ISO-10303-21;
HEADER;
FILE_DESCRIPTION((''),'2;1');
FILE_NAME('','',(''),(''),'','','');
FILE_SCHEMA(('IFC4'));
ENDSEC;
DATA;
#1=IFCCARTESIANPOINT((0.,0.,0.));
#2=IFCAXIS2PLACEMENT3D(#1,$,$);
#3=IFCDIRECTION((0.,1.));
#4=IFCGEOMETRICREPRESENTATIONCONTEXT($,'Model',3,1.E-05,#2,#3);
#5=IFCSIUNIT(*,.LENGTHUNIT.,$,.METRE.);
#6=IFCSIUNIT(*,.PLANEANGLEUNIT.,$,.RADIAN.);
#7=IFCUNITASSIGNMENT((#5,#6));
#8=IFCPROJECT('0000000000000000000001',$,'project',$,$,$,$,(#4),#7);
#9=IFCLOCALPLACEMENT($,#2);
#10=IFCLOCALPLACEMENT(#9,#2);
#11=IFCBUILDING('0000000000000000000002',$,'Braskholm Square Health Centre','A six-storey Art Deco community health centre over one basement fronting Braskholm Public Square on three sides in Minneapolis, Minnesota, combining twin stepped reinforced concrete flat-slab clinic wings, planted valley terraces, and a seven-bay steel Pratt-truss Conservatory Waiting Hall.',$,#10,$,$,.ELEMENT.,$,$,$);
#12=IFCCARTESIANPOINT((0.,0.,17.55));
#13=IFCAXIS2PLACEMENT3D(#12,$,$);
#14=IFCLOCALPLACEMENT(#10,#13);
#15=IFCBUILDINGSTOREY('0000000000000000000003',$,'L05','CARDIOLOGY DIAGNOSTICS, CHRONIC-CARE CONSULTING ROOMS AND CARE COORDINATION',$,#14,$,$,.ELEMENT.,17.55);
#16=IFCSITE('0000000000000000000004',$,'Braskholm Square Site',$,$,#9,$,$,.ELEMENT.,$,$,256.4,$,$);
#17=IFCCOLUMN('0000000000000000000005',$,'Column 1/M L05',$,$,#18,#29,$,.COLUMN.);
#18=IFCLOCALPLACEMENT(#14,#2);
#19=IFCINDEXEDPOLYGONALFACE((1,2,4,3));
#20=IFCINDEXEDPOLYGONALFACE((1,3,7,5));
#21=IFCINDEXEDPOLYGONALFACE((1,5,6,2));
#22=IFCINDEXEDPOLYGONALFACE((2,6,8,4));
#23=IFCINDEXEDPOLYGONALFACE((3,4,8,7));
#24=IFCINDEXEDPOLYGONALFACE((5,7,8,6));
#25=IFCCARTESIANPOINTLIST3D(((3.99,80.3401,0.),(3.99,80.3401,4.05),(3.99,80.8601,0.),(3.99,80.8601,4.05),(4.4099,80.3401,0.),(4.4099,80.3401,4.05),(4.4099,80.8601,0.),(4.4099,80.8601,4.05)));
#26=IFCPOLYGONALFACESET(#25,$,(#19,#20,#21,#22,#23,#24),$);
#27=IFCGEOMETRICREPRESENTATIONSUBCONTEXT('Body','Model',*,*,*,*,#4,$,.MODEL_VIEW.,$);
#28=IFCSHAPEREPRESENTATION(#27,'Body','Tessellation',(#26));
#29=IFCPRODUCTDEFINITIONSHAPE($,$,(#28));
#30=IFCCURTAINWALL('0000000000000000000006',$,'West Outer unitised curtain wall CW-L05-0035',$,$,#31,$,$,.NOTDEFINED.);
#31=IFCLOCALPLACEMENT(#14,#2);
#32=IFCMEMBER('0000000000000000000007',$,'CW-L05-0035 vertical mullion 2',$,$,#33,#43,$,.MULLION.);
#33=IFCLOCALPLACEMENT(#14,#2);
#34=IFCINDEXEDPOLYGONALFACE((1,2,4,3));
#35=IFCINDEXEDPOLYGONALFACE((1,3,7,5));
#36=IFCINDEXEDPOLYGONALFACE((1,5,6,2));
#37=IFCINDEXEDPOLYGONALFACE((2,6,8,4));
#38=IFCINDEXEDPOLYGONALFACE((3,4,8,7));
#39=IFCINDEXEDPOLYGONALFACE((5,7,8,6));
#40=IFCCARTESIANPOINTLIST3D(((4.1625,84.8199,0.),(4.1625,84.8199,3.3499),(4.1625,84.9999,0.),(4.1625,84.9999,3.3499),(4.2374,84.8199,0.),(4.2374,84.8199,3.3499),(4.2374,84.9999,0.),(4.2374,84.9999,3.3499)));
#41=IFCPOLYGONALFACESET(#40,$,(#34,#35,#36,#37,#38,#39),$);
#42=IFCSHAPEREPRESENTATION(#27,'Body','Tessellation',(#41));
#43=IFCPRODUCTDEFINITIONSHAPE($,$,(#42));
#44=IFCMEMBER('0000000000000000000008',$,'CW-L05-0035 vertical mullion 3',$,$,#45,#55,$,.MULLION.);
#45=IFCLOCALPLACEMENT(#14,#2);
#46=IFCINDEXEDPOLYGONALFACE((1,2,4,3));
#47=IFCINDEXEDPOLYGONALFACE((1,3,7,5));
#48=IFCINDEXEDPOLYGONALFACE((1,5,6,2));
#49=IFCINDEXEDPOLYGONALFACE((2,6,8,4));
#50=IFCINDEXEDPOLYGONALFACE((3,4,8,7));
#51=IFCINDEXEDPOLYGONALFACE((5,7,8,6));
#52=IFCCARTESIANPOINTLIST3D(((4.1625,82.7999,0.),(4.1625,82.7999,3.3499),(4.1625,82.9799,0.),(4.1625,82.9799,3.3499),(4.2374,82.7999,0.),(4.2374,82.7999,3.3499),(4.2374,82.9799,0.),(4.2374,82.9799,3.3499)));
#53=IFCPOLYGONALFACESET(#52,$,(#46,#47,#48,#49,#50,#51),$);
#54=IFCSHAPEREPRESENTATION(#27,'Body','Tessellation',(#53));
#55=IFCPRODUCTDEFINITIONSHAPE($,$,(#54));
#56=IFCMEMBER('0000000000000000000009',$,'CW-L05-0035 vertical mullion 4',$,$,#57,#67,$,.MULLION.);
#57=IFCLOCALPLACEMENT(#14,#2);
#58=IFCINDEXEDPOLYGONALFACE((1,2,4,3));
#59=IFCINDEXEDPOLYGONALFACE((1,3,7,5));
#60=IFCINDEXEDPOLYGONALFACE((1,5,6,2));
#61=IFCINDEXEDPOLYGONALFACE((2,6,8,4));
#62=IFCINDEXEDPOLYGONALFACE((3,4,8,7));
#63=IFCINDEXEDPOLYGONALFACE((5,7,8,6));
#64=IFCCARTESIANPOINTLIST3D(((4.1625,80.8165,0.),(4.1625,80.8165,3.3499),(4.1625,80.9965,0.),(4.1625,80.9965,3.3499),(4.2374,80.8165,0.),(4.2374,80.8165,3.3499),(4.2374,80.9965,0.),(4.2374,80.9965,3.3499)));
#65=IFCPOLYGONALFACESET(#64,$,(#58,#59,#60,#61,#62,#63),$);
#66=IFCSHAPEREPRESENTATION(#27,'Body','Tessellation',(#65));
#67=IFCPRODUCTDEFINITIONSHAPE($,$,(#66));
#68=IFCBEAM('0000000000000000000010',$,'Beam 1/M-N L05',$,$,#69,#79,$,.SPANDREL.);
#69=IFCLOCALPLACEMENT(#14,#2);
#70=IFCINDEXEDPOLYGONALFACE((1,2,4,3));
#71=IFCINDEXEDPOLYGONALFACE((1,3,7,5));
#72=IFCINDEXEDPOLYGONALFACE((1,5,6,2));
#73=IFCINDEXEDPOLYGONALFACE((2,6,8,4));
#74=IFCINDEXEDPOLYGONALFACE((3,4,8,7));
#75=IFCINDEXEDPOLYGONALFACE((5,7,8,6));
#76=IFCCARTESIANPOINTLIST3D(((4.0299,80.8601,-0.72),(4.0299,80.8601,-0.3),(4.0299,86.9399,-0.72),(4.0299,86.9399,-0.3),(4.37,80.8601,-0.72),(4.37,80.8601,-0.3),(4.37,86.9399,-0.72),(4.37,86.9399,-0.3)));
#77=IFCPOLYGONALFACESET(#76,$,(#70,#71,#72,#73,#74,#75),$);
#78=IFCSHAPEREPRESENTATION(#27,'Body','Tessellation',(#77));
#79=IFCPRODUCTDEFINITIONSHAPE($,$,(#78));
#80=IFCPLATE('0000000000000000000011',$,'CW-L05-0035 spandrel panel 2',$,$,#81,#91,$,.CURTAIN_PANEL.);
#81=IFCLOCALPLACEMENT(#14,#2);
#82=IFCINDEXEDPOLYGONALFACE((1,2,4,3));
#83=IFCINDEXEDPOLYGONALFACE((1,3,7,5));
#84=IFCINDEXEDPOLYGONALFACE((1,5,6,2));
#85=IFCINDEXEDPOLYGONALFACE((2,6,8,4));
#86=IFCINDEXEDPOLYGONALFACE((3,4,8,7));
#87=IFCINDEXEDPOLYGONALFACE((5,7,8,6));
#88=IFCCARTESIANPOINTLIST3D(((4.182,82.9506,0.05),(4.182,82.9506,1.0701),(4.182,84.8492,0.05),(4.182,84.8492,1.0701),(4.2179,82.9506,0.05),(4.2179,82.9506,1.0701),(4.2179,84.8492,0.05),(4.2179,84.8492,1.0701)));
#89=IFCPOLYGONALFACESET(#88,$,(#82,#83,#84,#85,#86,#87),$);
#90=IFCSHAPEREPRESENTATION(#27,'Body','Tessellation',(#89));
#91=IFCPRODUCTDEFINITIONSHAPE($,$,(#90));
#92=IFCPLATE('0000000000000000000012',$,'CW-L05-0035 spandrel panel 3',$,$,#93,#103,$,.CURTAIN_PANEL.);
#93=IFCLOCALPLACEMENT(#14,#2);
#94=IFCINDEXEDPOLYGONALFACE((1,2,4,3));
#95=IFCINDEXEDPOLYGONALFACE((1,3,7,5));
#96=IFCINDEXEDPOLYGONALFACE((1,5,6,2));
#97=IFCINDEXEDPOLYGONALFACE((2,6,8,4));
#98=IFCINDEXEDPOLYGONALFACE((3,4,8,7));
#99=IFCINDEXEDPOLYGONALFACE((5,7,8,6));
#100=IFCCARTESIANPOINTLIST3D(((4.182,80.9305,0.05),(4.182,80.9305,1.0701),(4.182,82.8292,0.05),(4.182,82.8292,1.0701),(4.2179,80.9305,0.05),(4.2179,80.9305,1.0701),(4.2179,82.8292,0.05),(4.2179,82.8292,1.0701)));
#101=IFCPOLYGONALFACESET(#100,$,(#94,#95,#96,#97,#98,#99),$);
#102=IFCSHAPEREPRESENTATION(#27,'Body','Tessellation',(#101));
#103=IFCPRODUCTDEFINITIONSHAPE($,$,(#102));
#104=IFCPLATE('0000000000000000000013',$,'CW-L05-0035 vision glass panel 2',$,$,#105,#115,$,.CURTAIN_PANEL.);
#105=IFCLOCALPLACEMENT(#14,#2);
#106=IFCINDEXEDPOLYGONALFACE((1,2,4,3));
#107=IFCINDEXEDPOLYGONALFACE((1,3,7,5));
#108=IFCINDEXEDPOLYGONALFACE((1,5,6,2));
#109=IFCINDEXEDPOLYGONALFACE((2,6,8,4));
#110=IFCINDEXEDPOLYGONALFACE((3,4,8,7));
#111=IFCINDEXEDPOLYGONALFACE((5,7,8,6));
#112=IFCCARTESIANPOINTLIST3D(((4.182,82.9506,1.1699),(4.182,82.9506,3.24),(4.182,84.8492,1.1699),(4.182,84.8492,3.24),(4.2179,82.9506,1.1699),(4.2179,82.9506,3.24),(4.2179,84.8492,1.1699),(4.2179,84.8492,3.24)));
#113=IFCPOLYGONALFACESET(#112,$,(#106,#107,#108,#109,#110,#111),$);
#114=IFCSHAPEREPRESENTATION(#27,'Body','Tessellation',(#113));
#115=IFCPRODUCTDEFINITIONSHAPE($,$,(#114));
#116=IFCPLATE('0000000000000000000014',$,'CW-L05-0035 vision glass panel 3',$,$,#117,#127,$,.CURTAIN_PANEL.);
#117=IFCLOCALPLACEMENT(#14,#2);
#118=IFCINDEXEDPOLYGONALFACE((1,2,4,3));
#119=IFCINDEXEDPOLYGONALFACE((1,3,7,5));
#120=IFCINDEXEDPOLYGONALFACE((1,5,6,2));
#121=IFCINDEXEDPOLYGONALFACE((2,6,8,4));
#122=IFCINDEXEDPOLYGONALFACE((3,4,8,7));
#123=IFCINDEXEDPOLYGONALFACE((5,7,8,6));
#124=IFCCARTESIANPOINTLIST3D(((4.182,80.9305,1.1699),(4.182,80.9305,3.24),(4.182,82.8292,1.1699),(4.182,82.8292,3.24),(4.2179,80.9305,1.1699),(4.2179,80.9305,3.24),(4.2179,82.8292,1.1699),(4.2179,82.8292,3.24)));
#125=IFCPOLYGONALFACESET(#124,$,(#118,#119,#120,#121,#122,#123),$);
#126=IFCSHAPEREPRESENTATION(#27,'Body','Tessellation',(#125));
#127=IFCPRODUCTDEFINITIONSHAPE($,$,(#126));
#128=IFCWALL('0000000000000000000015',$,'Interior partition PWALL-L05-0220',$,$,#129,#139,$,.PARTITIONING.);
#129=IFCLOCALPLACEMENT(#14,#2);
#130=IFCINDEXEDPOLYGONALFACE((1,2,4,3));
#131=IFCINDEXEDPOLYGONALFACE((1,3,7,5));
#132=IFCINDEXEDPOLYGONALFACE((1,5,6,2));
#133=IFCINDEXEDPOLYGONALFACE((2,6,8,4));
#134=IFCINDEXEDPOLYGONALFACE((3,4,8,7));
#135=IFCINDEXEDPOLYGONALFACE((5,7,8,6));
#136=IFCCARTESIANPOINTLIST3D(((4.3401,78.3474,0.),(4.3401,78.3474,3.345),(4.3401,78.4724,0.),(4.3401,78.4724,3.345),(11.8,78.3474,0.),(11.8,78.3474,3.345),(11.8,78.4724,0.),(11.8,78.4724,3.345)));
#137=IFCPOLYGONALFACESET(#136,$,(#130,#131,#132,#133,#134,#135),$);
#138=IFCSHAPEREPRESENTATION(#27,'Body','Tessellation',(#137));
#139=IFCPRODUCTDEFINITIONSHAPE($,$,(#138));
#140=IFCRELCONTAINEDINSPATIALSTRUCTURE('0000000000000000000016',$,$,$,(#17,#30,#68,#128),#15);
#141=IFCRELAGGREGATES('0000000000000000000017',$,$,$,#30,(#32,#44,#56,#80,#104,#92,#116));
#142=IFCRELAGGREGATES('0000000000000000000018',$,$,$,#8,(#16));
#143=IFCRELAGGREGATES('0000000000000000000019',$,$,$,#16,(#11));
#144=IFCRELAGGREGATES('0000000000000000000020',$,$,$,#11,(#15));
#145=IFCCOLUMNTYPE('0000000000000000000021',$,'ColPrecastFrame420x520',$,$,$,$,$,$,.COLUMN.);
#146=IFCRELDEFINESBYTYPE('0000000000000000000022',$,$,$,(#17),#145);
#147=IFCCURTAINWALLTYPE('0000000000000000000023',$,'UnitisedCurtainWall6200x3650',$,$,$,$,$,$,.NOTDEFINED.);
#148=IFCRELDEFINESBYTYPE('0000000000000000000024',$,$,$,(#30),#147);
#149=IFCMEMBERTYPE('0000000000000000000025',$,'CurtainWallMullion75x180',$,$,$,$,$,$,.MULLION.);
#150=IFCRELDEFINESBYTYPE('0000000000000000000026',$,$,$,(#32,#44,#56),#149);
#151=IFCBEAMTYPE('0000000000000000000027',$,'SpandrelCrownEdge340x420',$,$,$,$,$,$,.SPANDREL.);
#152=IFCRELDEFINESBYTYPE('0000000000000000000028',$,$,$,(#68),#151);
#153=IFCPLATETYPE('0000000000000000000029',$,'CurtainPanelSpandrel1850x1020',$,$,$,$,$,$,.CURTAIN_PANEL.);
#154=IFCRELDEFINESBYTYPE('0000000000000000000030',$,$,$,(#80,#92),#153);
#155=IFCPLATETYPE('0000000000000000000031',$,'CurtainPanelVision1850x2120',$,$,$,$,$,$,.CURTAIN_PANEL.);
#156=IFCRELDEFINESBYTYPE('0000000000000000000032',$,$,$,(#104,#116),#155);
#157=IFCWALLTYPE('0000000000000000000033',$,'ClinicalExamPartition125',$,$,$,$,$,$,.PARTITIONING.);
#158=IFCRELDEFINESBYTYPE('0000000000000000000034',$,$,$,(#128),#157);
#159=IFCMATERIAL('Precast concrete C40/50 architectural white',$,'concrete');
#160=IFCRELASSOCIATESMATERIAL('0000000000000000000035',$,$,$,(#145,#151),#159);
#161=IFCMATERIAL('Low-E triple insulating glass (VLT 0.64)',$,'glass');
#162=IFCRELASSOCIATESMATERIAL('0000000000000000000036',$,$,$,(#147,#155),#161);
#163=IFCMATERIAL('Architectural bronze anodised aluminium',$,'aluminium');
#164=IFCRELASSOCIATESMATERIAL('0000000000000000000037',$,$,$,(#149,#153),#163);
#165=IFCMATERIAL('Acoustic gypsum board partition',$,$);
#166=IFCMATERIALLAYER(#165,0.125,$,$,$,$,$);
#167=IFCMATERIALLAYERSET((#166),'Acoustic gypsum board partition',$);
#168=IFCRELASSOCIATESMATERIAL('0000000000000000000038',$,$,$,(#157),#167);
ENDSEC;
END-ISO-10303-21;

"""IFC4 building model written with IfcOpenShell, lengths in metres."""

from ifc_helpers import new_model, si_unit, direction, frame, frame_2d, origin, origin_2d, place, context, subcontext, project, spatial, rectangle, extrude, material, layer, layer_set, material_profile, profile_set, type_object, element, aggregate, save


model = new_model("IFC4")

# Units and contexts
model_context = context("Model", 3, precision=1e-05, world=origin(), true_north=direction((0.0, 1.0)))
body_context = subcontext(model_context, "Body", "Model", "MODEL_VIEW")
ifc_project = project(units=[si_unit("LENGTHUNIT", "METRE"), si_unit("PLANEANGLEUNIT", "RADIAN")], contexts=[model_context])

# Site, building, storey
site_placement = place(None, origin())
site = spatial("IfcSite", under=ifc_project, at=site_placement, Name="Braskholm Square Site", CompositionType="ELEMENT", RefElevation=256.4)
building_placement = place(site_placement, origin())
building = spatial("IfcBuilding", under=site, at=building_placement, Name="Braskholm Square Health Centre", Description="A six-storey Art Deco community health centre over one basement fronting Braskholm Public Square on three sides in Minneapolis, Minnesota, combining twin stepped reinforced concrete flat-slab clinic wings, planted valley terraces, and a seven-bay steel Pratt-truss Conservatory Waiting Hall.", CompositionType="ELEMENT")
storey_placement = place(building_placement, frame((0.0, 0.0, 17.55)))
storey = spatial("IfcBuildingStorey", under=building, at=storey_placement, Name="L05", Description="CARDIOLOGY DIAGNOSTICS, CHRONIC-CARE CONSULTING ROOMS AND CARE COORDINATION", CompositionType="ELEMENT", Elevation=17.55)

# Column
ifc_material_1 = material(Name="Precast concrete C40/50 architectural white", Category="concrete")
ifc_material_profile_1 = material_profile(ifc_material_1, rectangle(XDim=0.4199, YDim=0.52, at=origin_2d()), Name="RC-420X520")
ifc_profile_set_1 = profile_set([ifc_material_profile_1], Name="Precast concrete C40/50 architectural white")
column_type = type_object("IfcColumnType", Name="ColPrecastFrame420x520", PredefinedType="COLUMN", material=ifc_profile_set_1)
column_placement = place(storey_placement, frame((4.2, 80.6001, 0.0), z_axis=(0.0, 0.0, 1.0), x_axis=(1.0, 0.0, 0.0)))
element("IfcColumn", 1, at=column_placement, inside=storey, type_object=column_type, Name="Column 1/M L05", PredefinedType="COLUMN", context=body_context, shape_type="SweptSolid", body=[
    extrude(rectangle(XDim=0.4199, YDim=0.52, at=origin_2d()), origin(), (0.0, 0.0, 1.0), 4.05),
])

# Curtain wall, members
ifc_material_2 = material(Name="Low-E triple insulating glass (VLT 0.64)", Category="glass")
curtain_wall_type = type_object("IfcCurtainWallType", Name="UnitisedCurtainWall6200x3650", PredefinedType="NOTDEFINED", material=ifc_material_2)
curtain_wall_placement = place(storey_placement, origin())
curtain_wall = element("IfcCurtainWall", 2, at=curtain_wall_placement, inside=storey, type_object=curtain_wall_type, Name="West Outer unitised curtain wall CW-L05-0035", PredefinedType="NOTDEFINED")
ifc_material_3 = material(Name="Architectural bronze anodised aluminium", Category="aluminium")
ifc_material_profile_2 = material_profile(ifc_material_3, rectangle(XDim=0.075, YDim=0.1799, at=origin_2d()), Name="ALU-75X180")
ifc_profile_set_2 = profile_set([ifc_material_profile_2], Name="Architectural bronze anodised aluminium")
member_type = type_object("IfcMemberType", Name="CurtainWallMullion75x180", PredefinedType="MULLION", material=ifc_profile_set_2)
member_1_placement = place(storey_placement, frame((4.2, 84.9099, 0.0), z_axis=(0.0, 0.0, 1.0), x_axis=(1.0, 0.0, 0.0)))
member_1 = element("IfcMember", 3, at=member_1_placement, type_object=member_type, Name="CW-L05-0035 vertical mullion 2", PredefinedType="MULLION", context=body_context, shape_type="SweptSolid", body=[
    extrude(rectangle(XDim=0.075, YDim=0.1799, at=origin_2d()), origin(), (0.0, 0.0, 1.0), 3.3499),
])
member_2_placement = place(storey_placement, frame((4.2, 82.8899, 0.0), z_axis=(0.0, 0.0, 1.0), x_axis=(1.0, 0.0, 0.0)))
member_2 = element("IfcMember", 4, at=member_2_placement, type_object=member_type, Name="CW-L05-0035 vertical mullion 3", PredefinedType="MULLION", context=body_context, shape_type="SweptSolid", body=[
    extrude(rectangle(XDim=0.075, YDim=0.1799, at=origin_2d()), origin(), (0.0, 0.0, 1.0), 3.3499),
])
member_3_placement = place(storey_placement, frame((4.2, 80.9065, 0.0), z_axis=(0.0, 0.0, 1.0), x_axis=(1.0, 0.0, 0.0)))
member_3 = element("IfcMember", 5, at=member_3_placement, type_object=member_type, Name="CW-L05-0035 vertical mullion 4", PredefinedType="MULLION", context=body_context, shape_type="SweptSolid", body=[
    extrude(rectangle(XDim=0.075, YDim=0.1799, at=origin_2d()), origin(), (0.0, 0.0, 1.0), 3.3499),
])

# Beam
ifc_material_profile_3 = material_profile(ifc_material_1, rectangle(XDim=0.3401, YDim=0.4199, at=origin_2d()), Name="RCB-340X420")
ifc_profile_set_3 = profile_set([ifc_material_profile_3], Name="Precast concrete C40/50 architectural white")
beam_type = type_object("IfcBeamType", Name="SpandrelCrownEdge340x420", PredefinedType="SPANDREL", material=ifc_profile_set_3)
beam_placement = place(storey_placement, frame((4.2, 80.8601, -0.51), z_axis=(0.0, 1.0, 0.0), x_axis=(-1.0, 0.0, 0.0)))
element("IfcBeam", 6, at=beam_placement, inside=storey, type_object=beam_type, Name="Beam 1/M-N L05", PredefinedType="SPANDREL", context=body_context, shape_type="SweptSolid", body=[
    extrude(rectangle(XDim=0.3401, YDim=0.4199, at=origin_2d()), origin(), (0.0, 0.0, 1.0), 6.0798),
])

# Plates
plate_type_1 = type_object("IfcPlateType", Name="CurtainPanelSpandrel1850x1020", PredefinedType="CURTAIN_PANEL", material=ifc_material_3)
plate_1_placement = place(storey_placement, frame((4.2, 83.8999, 0.05), z_axis=(0.0, 0.0, 1.0), x_axis=(0.0, -1.0, 0.0)))
plate_1 = element("IfcPlate", 7, at=plate_1_placement, type_object=plate_type_1, Name="CW-L05-0035 spandrel panel 2", PredefinedType="CURTAIN_PANEL", context=body_context, shape_type="SweptSolid", body=[
    extrude(rectangle(XDim=1.8987, YDim=0.0359, at=origin_2d()), origin(), (0.0, 0.0, 1.0), 1.02),
])
plate_2_placement = place(storey_placement, frame((4.2, 81.8799, 0.05), z_axis=(0.0, 0.0, 1.0), x_axis=(0.0, -1.0, 0.0)))
plate_2 = element("IfcPlate", 8, at=plate_2_placement, type_object=plate_type_1, Name="CW-L05-0035 spandrel panel 3", PredefinedType="CURTAIN_PANEL", context=body_context, shape_type="SweptSolid", body=[
    extrude(rectangle(XDim=1.8987, YDim=0.0359, at=origin_2d()), origin(), (0.0, 0.0, 1.0), 1.02),
])
plate_type_2 = type_object("IfcPlateType", Name="CurtainPanelVision1850x2120", PredefinedType="CURTAIN_PANEL", material=ifc_material_2)
plate_3_placement = place(storey_placement, frame((4.2, 83.8999, 1.1699), z_axis=(0.0, 0.0, 1.0), x_axis=(0.0, -1.0, 0.0)))
plate_3 = element("IfcPlate", 9, at=plate_3_placement, type_object=plate_type_2, Name="CW-L05-0035 vision glass panel 2", PredefinedType="CURTAIN_PANEL", context=body_context, shape_type="SweptSolid", body=[
    extrude(rectangle(XDim=1.8987, YDim=0.0359, at=origin_2d()), origin(), (0.0, 0.0, 1.0), 2.0701),
])
plate_4_placement = place(storey_placement, frame((4.2, 81.8799, 1.1699), z_axis=(0.0, 0.0, 1.0), x_axis=(0.0, -1.0, 0.0)))
plate_4 = element("IfcPlate", 10, at=plate_4_placement, type_object=plate_type_2, Name="CW-L05-0035 vision glass panel 3", PredefinedType="CURTAIN_PANEL", context=body_context, shape_type="SweptSolid", body=[
    extrude(rectangle(XDim=1.8987, YDim=0.0359, at=origin_2d()), origin(), (0.0, 0.0, 1.0), 2.0701),
])
aggregate(curtain_wall, [member_1, member_2, member_3, plate_1, plate_3, plate_2, plate_4])

# Wall
ifc_material_4 = material(Name="Acoustic gypsum board partition")
ifc_layer_1 = layer(ifc_material_4, 0.125)
ifc_layer_set_1 = layer_set([ifc_layer_1], Name="Acoustic gypsum board partition")
wall_type_1 = type_object("IfcWallType", Name="ClinicalExamPartition125", PredefinedType="PARTITIONING", material=ifc_layer_set_1)
wall_1_placement = place(storey_placement, frame((4.3401, 78.4099, 0.0), z_axis=(0.0, 0.0, 1.0), x_axis=(1.0, 0.0, 0.0)))
element("IfcWall", 11, at=wall_1_placement, inside=storey, type_object=wall_type_1, Name="Interior partition PWALL-L05-0220", PredefinedType="PARTITIONING", context=body_context, shape_type="SweptSolid", body=[
    extrude(rectangle(XDim=7.46, YDim=0.125, at=frame_2d((3.73, 0.0))), origin(), (0.0, 0.0, 1.0), 3.345),
])

save(model, "model.ifc")
